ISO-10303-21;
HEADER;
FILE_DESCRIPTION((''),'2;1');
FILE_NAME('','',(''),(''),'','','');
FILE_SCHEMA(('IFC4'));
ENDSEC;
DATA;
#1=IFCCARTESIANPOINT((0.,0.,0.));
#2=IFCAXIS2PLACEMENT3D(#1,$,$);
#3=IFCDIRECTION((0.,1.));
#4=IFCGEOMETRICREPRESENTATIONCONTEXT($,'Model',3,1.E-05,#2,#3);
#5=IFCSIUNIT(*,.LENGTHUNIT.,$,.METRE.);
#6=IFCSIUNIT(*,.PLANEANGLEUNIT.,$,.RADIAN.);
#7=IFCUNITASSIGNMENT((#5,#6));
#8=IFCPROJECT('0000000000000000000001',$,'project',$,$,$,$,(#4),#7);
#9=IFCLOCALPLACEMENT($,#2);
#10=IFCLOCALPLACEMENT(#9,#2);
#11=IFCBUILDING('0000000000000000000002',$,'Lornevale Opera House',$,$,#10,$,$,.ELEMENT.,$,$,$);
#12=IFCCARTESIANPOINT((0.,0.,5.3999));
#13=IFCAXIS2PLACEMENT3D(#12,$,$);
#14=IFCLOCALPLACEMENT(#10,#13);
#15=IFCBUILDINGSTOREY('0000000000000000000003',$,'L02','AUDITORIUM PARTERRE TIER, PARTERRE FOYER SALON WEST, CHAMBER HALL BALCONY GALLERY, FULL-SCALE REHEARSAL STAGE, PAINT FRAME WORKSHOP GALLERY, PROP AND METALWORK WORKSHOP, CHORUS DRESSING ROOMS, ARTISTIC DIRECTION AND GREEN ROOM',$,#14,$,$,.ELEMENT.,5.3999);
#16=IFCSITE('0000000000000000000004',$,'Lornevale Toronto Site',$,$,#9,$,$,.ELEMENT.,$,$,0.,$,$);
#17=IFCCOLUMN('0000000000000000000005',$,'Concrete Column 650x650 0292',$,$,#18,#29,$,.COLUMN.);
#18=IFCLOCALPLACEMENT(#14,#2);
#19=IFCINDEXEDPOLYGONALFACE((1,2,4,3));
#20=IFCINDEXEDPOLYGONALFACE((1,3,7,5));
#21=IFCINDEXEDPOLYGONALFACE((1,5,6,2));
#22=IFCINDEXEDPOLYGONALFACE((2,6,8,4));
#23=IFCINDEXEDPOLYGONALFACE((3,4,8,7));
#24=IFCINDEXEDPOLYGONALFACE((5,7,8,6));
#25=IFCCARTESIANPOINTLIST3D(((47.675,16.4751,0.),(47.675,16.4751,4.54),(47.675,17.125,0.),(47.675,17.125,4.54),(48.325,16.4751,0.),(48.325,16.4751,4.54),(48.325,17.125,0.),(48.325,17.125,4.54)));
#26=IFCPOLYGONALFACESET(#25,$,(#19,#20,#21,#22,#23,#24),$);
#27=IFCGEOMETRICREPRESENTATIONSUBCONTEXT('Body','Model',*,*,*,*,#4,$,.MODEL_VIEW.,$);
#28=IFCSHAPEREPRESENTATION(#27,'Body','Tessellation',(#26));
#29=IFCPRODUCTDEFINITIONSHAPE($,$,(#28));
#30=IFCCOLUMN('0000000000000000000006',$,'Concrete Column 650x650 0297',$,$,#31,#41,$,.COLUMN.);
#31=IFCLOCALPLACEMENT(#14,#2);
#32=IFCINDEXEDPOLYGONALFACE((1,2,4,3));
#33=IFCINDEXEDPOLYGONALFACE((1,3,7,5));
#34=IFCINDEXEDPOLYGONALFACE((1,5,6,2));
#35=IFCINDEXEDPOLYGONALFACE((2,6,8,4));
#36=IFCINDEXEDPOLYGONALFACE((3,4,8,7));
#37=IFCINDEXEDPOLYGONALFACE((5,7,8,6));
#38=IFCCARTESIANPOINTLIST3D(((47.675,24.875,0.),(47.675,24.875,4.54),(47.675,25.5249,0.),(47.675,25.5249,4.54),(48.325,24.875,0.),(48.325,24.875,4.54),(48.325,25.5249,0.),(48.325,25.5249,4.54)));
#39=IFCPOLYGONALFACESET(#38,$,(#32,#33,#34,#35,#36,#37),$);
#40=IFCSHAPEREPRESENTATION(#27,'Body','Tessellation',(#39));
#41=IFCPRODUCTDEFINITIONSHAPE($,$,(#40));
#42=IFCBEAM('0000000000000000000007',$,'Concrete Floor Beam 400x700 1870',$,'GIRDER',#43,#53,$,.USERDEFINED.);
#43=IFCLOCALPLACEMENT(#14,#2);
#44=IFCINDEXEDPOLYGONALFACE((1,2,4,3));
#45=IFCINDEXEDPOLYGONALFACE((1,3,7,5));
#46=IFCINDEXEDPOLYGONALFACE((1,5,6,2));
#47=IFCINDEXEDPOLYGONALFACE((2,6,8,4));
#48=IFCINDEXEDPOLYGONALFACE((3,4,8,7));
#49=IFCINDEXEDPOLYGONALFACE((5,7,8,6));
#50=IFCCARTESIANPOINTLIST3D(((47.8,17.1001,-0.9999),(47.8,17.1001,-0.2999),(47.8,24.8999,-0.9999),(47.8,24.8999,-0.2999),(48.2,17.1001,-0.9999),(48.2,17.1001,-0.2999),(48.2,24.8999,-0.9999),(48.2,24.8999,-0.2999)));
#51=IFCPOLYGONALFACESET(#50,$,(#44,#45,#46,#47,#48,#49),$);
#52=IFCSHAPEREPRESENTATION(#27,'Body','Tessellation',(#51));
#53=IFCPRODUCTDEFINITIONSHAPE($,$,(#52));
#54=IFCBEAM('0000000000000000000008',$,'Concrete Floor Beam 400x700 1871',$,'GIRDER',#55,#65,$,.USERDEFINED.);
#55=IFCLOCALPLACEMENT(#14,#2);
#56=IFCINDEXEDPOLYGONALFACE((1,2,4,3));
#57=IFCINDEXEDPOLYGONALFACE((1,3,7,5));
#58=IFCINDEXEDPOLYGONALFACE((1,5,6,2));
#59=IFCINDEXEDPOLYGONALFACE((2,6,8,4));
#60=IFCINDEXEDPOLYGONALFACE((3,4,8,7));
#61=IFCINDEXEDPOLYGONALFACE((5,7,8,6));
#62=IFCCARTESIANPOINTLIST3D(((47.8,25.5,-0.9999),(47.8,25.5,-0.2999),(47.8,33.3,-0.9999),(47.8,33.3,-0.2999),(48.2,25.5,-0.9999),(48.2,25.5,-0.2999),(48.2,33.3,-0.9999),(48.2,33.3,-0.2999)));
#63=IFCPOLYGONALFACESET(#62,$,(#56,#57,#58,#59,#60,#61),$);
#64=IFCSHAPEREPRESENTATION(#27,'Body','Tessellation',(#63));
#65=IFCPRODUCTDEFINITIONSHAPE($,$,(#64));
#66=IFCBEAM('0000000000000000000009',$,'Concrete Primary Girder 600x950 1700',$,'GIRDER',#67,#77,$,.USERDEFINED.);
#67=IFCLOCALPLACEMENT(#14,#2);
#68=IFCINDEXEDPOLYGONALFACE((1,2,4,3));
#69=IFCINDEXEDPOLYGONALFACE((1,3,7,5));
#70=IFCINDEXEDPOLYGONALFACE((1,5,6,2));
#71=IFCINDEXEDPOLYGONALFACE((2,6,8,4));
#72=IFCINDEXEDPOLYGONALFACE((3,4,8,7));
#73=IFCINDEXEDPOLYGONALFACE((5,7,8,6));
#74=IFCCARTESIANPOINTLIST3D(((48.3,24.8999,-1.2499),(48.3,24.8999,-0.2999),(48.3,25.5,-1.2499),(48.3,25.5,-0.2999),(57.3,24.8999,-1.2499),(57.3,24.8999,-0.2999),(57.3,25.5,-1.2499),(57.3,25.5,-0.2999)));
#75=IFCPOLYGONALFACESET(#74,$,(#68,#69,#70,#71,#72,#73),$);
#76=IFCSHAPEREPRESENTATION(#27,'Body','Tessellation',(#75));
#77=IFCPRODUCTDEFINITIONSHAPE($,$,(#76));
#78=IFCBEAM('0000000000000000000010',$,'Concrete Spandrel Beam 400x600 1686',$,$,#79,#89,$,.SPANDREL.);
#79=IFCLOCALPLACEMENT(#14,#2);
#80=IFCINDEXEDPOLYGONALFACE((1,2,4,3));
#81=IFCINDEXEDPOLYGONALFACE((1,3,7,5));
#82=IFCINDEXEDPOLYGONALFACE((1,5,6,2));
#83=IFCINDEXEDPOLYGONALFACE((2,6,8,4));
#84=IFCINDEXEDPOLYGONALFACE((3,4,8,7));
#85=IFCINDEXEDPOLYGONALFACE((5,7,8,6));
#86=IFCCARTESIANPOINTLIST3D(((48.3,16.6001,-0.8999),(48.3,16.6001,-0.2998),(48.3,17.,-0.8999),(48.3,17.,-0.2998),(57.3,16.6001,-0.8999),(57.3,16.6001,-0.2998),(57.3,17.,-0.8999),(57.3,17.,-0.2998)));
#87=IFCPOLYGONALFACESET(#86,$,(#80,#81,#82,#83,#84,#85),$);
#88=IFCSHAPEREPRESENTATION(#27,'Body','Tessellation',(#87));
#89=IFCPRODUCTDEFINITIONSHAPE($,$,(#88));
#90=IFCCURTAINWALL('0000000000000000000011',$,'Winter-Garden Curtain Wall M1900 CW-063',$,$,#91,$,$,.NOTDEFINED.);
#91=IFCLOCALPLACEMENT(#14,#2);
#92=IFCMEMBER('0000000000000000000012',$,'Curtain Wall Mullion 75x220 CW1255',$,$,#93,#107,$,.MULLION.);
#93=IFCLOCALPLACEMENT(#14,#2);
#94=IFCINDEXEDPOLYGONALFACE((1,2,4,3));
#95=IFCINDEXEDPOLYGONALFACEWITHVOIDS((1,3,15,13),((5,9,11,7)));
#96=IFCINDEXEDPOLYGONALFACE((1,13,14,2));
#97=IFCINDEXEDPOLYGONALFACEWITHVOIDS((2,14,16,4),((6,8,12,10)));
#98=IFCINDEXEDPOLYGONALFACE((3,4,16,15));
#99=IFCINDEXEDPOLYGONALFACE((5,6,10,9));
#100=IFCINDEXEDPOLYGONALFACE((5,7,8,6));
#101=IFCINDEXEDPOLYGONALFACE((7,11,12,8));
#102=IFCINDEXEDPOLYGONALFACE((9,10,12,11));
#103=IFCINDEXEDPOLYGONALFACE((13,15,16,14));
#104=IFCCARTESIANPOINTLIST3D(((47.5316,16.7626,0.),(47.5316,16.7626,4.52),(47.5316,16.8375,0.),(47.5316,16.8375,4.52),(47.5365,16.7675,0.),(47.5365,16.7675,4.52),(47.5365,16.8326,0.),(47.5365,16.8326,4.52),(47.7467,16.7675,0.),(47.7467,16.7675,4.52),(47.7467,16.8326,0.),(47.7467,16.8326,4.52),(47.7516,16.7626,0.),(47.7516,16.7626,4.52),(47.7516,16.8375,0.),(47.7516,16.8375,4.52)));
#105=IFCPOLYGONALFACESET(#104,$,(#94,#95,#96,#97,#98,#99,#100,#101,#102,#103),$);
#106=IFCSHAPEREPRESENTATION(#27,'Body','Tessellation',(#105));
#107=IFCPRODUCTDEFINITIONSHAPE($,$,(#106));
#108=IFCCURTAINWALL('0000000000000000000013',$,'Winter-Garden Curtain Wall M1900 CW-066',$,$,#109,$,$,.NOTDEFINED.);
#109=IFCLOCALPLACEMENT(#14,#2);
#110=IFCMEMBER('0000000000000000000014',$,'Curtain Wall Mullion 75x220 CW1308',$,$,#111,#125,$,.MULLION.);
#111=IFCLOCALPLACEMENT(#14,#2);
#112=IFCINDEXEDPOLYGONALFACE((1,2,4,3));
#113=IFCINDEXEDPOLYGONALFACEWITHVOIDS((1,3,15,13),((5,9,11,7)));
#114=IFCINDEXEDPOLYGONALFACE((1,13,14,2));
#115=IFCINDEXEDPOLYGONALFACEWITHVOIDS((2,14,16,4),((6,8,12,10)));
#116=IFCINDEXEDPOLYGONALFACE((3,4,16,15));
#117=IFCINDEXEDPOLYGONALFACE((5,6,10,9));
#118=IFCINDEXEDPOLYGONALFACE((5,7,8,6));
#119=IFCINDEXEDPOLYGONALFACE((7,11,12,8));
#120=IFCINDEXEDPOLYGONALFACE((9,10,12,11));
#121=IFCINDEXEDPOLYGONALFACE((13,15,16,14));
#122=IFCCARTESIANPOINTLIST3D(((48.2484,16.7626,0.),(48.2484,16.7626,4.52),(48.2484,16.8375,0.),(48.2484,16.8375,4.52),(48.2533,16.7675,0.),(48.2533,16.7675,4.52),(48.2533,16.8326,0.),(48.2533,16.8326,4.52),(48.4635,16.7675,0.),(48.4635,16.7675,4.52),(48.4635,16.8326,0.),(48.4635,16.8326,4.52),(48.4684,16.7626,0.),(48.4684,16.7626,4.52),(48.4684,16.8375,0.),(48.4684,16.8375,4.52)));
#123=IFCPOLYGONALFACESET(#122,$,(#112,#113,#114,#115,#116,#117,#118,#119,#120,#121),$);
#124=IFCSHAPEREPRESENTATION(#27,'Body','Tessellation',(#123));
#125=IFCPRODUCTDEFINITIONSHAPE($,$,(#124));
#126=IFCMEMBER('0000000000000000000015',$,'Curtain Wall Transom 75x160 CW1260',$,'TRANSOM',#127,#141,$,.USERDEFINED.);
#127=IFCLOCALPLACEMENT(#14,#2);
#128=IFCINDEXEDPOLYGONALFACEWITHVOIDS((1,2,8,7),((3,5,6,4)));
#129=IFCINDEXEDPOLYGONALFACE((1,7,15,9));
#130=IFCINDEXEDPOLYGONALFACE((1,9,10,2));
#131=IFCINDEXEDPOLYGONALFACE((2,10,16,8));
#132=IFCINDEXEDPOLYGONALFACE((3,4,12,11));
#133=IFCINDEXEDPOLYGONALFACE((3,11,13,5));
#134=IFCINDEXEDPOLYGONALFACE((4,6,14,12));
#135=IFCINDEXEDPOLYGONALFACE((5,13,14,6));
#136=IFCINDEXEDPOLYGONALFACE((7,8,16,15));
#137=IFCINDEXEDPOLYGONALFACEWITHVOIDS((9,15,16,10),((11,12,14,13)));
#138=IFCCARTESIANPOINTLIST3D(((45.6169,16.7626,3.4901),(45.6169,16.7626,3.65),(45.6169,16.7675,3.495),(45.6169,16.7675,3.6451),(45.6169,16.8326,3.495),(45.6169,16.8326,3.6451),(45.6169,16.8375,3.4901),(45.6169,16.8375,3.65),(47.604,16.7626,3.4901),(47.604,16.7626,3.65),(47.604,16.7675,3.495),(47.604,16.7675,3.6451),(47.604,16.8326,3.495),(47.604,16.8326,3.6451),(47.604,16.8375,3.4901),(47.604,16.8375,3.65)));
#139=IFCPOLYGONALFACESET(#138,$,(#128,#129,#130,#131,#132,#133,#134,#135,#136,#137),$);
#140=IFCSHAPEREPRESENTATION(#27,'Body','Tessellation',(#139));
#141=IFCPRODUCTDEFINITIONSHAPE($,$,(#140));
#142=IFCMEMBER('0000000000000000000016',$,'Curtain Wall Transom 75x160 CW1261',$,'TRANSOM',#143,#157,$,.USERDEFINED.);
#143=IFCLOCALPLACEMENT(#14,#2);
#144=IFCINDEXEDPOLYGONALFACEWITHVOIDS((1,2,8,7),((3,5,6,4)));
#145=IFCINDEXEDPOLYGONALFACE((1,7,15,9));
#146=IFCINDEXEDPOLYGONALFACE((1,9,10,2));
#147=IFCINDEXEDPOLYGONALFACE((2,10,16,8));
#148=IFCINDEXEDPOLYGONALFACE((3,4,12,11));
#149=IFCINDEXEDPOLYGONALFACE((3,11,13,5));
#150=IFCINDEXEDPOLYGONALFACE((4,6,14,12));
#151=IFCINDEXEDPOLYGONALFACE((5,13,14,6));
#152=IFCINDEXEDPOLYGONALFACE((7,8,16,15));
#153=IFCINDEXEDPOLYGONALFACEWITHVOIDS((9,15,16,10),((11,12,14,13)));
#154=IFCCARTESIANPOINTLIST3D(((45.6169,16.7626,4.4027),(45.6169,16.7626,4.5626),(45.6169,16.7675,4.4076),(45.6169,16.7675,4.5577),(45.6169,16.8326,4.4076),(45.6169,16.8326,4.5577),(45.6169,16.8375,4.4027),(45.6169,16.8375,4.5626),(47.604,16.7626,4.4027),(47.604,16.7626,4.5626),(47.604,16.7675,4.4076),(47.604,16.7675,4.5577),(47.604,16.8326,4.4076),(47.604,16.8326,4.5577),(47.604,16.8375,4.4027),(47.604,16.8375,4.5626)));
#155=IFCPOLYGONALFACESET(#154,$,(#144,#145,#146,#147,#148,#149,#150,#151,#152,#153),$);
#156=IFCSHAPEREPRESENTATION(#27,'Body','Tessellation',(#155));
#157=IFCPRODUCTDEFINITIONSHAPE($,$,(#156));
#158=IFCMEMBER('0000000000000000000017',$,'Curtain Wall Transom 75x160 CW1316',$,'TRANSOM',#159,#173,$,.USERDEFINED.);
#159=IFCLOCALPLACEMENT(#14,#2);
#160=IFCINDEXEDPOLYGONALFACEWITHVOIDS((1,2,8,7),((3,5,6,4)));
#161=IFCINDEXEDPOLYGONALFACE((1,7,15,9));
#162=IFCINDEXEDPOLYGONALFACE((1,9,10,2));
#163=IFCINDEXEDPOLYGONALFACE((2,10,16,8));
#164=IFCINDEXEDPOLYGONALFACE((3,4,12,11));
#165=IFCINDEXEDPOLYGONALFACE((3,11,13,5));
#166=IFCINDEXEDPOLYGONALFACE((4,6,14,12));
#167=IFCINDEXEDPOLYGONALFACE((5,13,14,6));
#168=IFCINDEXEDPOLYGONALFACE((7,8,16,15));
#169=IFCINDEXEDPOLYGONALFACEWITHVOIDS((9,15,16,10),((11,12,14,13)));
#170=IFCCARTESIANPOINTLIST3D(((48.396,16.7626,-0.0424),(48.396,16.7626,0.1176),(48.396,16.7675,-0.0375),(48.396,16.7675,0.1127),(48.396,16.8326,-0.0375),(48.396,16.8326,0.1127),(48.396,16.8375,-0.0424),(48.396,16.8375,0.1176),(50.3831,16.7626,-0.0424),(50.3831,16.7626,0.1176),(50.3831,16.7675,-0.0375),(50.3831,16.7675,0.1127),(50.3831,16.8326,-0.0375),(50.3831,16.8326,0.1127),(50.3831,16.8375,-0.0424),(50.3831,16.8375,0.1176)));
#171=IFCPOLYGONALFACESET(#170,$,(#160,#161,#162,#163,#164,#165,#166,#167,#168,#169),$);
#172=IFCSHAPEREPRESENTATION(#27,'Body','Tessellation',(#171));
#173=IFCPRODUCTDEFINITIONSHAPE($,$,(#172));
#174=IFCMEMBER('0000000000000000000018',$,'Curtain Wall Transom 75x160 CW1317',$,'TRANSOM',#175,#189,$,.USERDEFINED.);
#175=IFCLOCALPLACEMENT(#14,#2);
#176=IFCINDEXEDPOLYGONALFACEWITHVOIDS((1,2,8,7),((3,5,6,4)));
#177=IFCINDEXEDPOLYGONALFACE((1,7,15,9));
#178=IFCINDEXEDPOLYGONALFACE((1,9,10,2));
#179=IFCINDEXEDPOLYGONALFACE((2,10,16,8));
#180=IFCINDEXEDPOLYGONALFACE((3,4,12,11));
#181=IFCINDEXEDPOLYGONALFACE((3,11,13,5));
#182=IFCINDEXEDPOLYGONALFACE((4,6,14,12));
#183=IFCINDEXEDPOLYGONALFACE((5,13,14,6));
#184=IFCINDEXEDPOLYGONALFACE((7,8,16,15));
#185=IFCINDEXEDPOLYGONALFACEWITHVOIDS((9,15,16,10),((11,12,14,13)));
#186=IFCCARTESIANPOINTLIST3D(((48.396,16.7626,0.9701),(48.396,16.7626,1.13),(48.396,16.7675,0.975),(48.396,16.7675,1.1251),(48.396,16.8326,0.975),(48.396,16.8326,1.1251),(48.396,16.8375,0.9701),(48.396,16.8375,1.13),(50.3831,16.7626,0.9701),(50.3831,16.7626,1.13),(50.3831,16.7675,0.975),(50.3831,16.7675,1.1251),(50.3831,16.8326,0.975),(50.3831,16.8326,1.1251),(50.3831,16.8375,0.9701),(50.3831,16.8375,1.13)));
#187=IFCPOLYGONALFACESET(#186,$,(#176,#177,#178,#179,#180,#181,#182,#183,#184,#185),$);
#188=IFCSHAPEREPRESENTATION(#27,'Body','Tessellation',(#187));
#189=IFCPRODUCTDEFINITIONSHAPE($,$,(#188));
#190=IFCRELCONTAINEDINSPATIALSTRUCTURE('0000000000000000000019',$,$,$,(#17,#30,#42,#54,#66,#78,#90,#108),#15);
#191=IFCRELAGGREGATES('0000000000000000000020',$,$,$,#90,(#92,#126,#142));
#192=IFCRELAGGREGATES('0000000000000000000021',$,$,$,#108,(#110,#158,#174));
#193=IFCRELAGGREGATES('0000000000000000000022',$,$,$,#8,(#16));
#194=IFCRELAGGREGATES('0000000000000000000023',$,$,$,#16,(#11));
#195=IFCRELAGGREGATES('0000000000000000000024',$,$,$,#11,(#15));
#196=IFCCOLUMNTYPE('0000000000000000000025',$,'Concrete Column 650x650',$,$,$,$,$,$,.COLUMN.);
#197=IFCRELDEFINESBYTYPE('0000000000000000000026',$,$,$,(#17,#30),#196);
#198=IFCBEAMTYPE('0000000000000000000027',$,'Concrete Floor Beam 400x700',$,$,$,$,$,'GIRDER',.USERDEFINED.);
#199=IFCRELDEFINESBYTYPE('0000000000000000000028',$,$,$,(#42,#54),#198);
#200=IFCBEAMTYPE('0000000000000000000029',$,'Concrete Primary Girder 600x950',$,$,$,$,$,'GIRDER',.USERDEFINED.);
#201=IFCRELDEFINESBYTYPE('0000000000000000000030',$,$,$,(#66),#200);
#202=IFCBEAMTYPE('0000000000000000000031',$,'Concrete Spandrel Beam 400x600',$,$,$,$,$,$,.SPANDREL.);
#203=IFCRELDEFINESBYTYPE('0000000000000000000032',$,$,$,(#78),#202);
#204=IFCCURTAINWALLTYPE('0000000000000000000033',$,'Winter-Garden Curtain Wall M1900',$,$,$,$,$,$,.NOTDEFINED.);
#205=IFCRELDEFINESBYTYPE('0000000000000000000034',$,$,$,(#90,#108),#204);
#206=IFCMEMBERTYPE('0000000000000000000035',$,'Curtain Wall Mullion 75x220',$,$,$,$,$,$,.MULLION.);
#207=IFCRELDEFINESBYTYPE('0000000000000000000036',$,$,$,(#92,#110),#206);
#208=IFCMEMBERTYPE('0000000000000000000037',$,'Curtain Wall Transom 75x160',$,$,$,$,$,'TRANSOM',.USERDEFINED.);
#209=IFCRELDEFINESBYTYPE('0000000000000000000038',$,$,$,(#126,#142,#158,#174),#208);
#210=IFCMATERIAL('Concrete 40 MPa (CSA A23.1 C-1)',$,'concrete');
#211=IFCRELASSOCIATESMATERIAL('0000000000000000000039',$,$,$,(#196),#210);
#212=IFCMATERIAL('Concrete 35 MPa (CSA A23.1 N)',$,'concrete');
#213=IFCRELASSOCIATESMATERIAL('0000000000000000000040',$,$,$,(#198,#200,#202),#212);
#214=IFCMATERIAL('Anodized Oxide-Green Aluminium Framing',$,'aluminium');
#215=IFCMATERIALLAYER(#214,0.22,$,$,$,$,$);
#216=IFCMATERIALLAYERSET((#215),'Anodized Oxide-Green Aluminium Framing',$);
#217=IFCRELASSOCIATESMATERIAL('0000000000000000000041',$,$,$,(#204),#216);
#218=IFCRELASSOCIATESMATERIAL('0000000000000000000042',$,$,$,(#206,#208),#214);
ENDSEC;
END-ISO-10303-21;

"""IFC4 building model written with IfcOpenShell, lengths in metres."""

from ifc_helpers import new_model, si_unit, direction, frame, origin, origin_2d, place, context, subcontext, project, spatial, rectangle, hollow_rectangle, extrude, material, layer, layer_set, material_profile, profile_set, type_object, element, aggregate, save


model = new_model("IFC4")

# Units and contexts
model_context = context("Model", 3, precision=1e-05, world=origin(), true_north=direction((0.0, 1.0)))
body_context = subcontext(model_context, "Body", "Model", "MODEL_VIEW")
ifc_project = project(units=[si_unit("LENGTHUNIT", "METRE"), si_unit("PLANEANGLEUNIT", "RADIAN")], contexts=[model_context])

# Site, building, storey
site_placement = place(None, origin())
site = spatial("IfcSite", under=ifc_project, at=site_placement, Name="Lornevale Toronto Site", CompositionType="ELEMENT", RefElevation=0.0)
building_placement = place(site_placement, origin())
building = spatial("IfcBuilding", under=site, at=building_placement, Name="Lornevale Opera House", CompositionType="ELEMENT")
storey_placement = place(building_placement, frame((0.0, 0.0, 5.3999)))
storey = spatial("IfcBuildingStorey", under=building, at=storey_placement, Name="L02", Description="AUDITORIUM PARTERRE TIER, PARTERRE FOYER SALON WEST, CHAMBER HALL BALCONY GALLERY, FULL-SCALE REHEARSAL STAGE, PAINT FRAME WORKSHOP GALLERY, PROP AND METALWORK WORKSHOP, CHORUS DRESSING ROOMS, ARTISTIC DIRECTION AND GREEN ROOM", CompositionType="ELEMENT", Elevation=5.3999)

# Columns
ifc_material_1 = material(Name="Concrete 40 MPa (CSA A23.1 C-1)", Category="concrete")
ifc_material_profile_1 = material_profile(ifc_material_1, rectangle(XDim=0.6499, YDim=0.6499, at=origin_2d()), Name="RC650x650")
ifc_profile_set_1 = profile_set([ifc_material_profile_1], Name="Concrete 40 MPa (CSA A23.1 C-1)")
column_type = type_object("IfcColumnType", Name="Concrete Column 650x650", PredefinedType="COLUMN", material=ifc_profile_set_1)
for number, where, z_axis, x_axis, name in (
    (1, (48.0, 16.8, 0.0), (0.0, 0.0, 1.0), (1.0, 0.0, 0.0), "Concrete Column 650x650 0292"),
    (2, (48.0, 25.2, 0.0), (0.0, 0.0, 1.0), (1.0, 0.0, 0.0), "Concrete Column 650x650 0297"),
):
    element("IfcColumn", number, at=place(storey_placement, frame(where, z_axis=z_axis, x_axis=x_axis)), inside=storey, type_object=column_type, Name=name, PredefinedType="COLUMN", context=body_context, shape_type="SweptSolid", body=[
        extrude(rectangle(XDim=0.6499, YDim=0.6499, at=origin_2d()), origin(), (0.0, 0.0, 1.0), 4.54),
    ])

# Beams
ifc_material_2 = material(Name="Concrete 35 MPa (CSA A23.1 N)", Category="concrete")
ifc_material_profile_2 = material_profile(ifc_material_2, rectangle(XDim=0.3999, YDim=0.7, at=origin_2d()), Name="RC400x700")
ifc_profile_set_2 = profile_set([ifc_material_profile_2], Name="Concrete 35 MPa (CSA A23.1 N)")
beam_type_1 = type_object("IfcBeamType", Name="Concrete Floor Beam 400x700", ElementType="GIRDER", PredefinedType="USERDEFINED", material=ifc_profile_set_2)
beam_1_placement = place(storey_placement, frame((48.0, 17.1001, -0.6499), z_axis=(0.0, 1.0, 0.0), x_axis=(-1.0, 0.0, 0.0)))
element("IfcBeam", 3, at=beam_1_placement, inside=storey, type_object=beam_type_1, Name="Concrete Floor Beam 400x700 1870", ObjectType="GIRDER", PredefinedType="USERDEFINED", context=body_context, shape_type="SweptSolid", body=[
    extrude(rectangle(XDim=0.3999, YDim=0.7, at=origin_2d()), origin(), (0.0, 0.0, 1.0), 7.7998),
])
beam_2_placement = place(storey_placement, frame((48.0, 25.5, -0.6499), z_axis=(0.0, 1.0, 0.0), x_axis=(-1.0, 0.0, 0.0)))
element("IfcBeam", 4, at=beam_2_placement, inside=storey, type_object=beam_type_1, Name="Concrete Floor Beam 400x700 1871", ObjectType="GIRDER", PredefinedType="USERDEFINED", context=body_context, shape_type="SweptSolid", body=[
    extrude(rectangle(XDim=0.3999, YDim=0.7, at=origin_2d()), origin(), (0.0, 0.0, 1.0), 7.8),
])
ifc_material_profile_3 = material_profile(ifc_material_2, rectangle(XDim=0.6001, YDim=0.95, at=origin_2d()), Name="RC600x950")
ifc_profile_set_3 = profile_set([ifc_material_profile_3], Name="Concrete 35 MPa (CSA A23.1 N)")
beam_type_2 = type_object("IfcBeamType", Name="Concrete Primary Girder 600x950", ElementType="GIRDER", PredefinedType="USERDEFINED", material=ifc_profile_set_3)
beam_3_placement = place(storey_placement, frame((48.3, 25.2, -0.7749), z_axis=(1.0, 0.0, 0.0), x_axis=(0.0, 1.0, 0.0)))
element("IfcBeam", 5, at=beam_3_placement, inside=storey, type_object=beam_type_2, Name="Concrete Primary Girder 600x950 1700", ObjectType="GIRDER", PredefinedType="USERDEFINED", context=body_context, shape_type="SweptSolid", body=[
    extrude(rectangle(XDim=0.6001, YDim=0.95, at=origin_2d()), origin(), (0.0, 0.0, 1.0), 9.0),
])
ifc_material_profile_4 = material_profile(ifc_material_2, rectangle(XDim=0.3999, YDim=0.6001, at=origin_2d()), Name="RC400x600")
ifc_profile_set_4 = profile_set([ifc_material_profile_4], Name="Concrete 35 MPa (CSA A23.1 N)")
beam_type_3 = type_object("IfcBeamType", Name="Concrete Spandrel Beam 400x600", PredefinedType="SPANDREL", material=ifc_profile_set_4)
beam_4_placement = place(storey_placement, frame((48.3, 16.8, -0.5999), z_axis=(1.0, 0.0, 0.0), x_axis=(0.0, 1.0, 0.0)))
element("IfcBeam", 6, at=beam_4_placement, inside=storey, type_object=beam_type_3, Name="Concrete Spandrel Beam 400x600 1686", PredefinedType="SPANDREL", context=body_context, shape_type="SweptSolid", body=[
    extrude(rectangle(XDim=0.3999, YDim=0.6001, at=origin_2d()), origin(), (0.0, 0.0, 1.0), 9.0),
])

# Curtain walls, members
ifc_material_3 = material(Name="Anodized Oxide-Green Aluminium Framing", Category="aluminium")
ifc_layer_1 = layer(ifc_material_3, 0.22)
ifc_layer_set_1 = layer_set([ifc_layer_1], Name="Anodized Oxide-Green Aluminium Framing")
curtain_wall_type = type_object("IfcCurtainWallType", Name="Winter-Garden Curtain Wall M1900", PredefinedType="NOTDEFINED", material=ifc_layer_set_1)
curtain_wall_1_placement = place(storey_placement, origin())
curtain_wall_1 = element("IfcCurtainWall", 7, at=curtain_wall_1_placement, inside=storey, type_object=curtain_wall_type, Name="Winter-Garden Curtain Wall M1900 CW-063", PredefinedType="NOTDEFINED")
ifc_material_profile_5 = material_profile(ifc_material_3, hollow_rectangle(XDim=0.075, YDim=0.22, WallThickness=0.0049, at=origin_2d()), Name="ALU75x220x5")
ifc_profile_set_5 = profile_set([ifc_material_profile_5], Name="Anodized Oxide-Green Aluminium Framing")
member_type_1 = type_object("IfcMemberType", Name="Curtain Wall Mullion 75x220", PredefinedType="MULLION", material=ifc_profile_set_5)
member_1_placement = place(storey_placement, frame((47.6416, 16.8, 0.0), z_axis=(0.0, 0.0, 1.0), x_axis=(0.0, -1.0, 0.0)))
member_1 = element("IfcMember", 8, at=member_1_placement, type_object=member_type_1, Name="Curtain Wall Mullion 75x220 CW1255", PredefinedType="MULLION", context=body_context, shape_type="SweptSolid", body=[
    extrude(hollow_rectangle(XDim=0.075, YDim=0.22, WallThickness=0.0049, at=origin_2d()), origin(), (0.0, 0.0, 1.0), 4.52),
])
curtain_wall_2_placement = place(storey_placement, origin())
curtain_wall_2 = element("IfcCurtainWall", 9, at=curtain_wall_2_placement, inside=storey, type_object=curtain_wall_type, Name="Winter-Garden Curtain Wall M1900 CW-066", PredefinedType="NOTDEFINED")
member_2_placement = place(storey_placement, frame((48.3584, 16.8, 0.0), z_axis=(0.0, 0.0, 1.0), x_axis=(0.0, -1.0, 0.0)))
member_2 = element("IfcMember", 10, at=member_2_placement, type_object=member_type_1, Name="Curtain Wall Mullion 75x220 CW1308", PredefinedType="MULLION", context=body_context, shape_type="SweptSolid", body=[
    extrude(hollow_rectangle(XDim=0.075, YDim=0.22, WallThickness=0.0049, at=origin_2d()), origin(), (0.0, 0.0, 1.0), 4.52),
])

# Members
ifc_material_profile_6 = material_profile(ifc_material_3, hollow_rectangle(XDim=0.075, YDim=0.1599, WallThickness=0.0049, at=origin_2d()), Name="ALU75x160x5")
ifc_profile_set_6 = profile_set([ifc_material_profile_6], Name="Anodized Oxide-Green Aluminium Framing")
member_type_2 = type_object("IfcMemberType", Name="Curtain Wall Transom 75x160", ElementType="TRANSOM", PredefinedType="USERDEFINED", material=ifc_profile_set_6)
member_3_placement = place(storey_placement, frame((47.604, 16.8, 3.5701), z_axis=(-1.0, 0.0, 0.0), x_axis=(0.0, -1.0, 0.0)))
member_3 = element("IfcMember", 11, at=member_3_placement, type_object=member_type_2, Name="Curtain Wall Transom 75x160 CW1260", ObjectType="TRANSOM", PredefinedType="USERDEFINED", context=body_context, shape_type="SweptSolid", body=[
    extrude(hollow_rectangle(XDim=0.075, YDim=0.1599, WallThickness=0.0049, at=origin_2d()), origin(), (0.0, 0.0, 1.0), 1.9871),
])
member_4_placement = place(storey_placement, frame((47.604, 16.8, 4.4827), z_axis=(-1.0, 0.0, 0.0), x_axis=(0.0, -1.0, 0.0)))
member_4 = element("IfcMember", 12, at=member_4_placement, type_object=member_type_2, Name="Curtain Wall Transom 75x160 CW1261", ObjectType="TRANSOM", PredefinedType="USERDEFINED", context=body_context, shape_type="SweptSolid", body=[
    extrude(hollow_rectangle(XDim=0.075, YDim=0.1599, WallThickness=0.0049, at=origin_2d()), origin(), (0.0, 0.0, 1.0), 1.9871),
])
aggregate(curtain_wall_1, [member_1, member_3, member_4])
member_5_placement = place(storey_placement, frame((50.3831, 16.8, 0.0376), z_axis=(-1.0, 0.0, 0.0), x_axis=(0.0, -1.0, 0.0)))
member_5 = element("IfcMember", 13, at=member_5_placement, type_object=member_type_2, Name="Curtain Wall Transom 75x160 CW1316", ObjectType="TRANSOM", PredefinedType="USERDEFINED", context=body_context, shape_type="SweptSolid", body=[
    extrude(hollow_rectangle(XDim=0.075, YDim=0.1599, WallThickness=0.0049, at=origin_2d()), origin(), (0.0, 0.0, 1.0), 1.9871),
])
member_6_placement = place(storey_placement, frame((50.3831, 16.8, 1.05), z_axis=(-1.0, 0.0, 0.0), x_axis=(0.0, -1.0, 0.0)))
member_6 = element("IfcMember", 14, at=member_6_placement, type_object=member_type_2, Name="Curtain Wall Transom 75x160 CW1317", ObjectType="TRANSOM", PredefinedType="USERDEFINED", context=body_context, shape_type="SweptSolid", body=[
    extrude(hollow_rectangle(XDim=0.075, YDim=0.1599, WallThickness=0.0049, at=origin_2d()), origin(), (0.0, 0.0, 1.0), 1.9871),
])

aggregate(curtain_wall_2, [member_2, member_5, member_6])

save(model, "model.ifc")
